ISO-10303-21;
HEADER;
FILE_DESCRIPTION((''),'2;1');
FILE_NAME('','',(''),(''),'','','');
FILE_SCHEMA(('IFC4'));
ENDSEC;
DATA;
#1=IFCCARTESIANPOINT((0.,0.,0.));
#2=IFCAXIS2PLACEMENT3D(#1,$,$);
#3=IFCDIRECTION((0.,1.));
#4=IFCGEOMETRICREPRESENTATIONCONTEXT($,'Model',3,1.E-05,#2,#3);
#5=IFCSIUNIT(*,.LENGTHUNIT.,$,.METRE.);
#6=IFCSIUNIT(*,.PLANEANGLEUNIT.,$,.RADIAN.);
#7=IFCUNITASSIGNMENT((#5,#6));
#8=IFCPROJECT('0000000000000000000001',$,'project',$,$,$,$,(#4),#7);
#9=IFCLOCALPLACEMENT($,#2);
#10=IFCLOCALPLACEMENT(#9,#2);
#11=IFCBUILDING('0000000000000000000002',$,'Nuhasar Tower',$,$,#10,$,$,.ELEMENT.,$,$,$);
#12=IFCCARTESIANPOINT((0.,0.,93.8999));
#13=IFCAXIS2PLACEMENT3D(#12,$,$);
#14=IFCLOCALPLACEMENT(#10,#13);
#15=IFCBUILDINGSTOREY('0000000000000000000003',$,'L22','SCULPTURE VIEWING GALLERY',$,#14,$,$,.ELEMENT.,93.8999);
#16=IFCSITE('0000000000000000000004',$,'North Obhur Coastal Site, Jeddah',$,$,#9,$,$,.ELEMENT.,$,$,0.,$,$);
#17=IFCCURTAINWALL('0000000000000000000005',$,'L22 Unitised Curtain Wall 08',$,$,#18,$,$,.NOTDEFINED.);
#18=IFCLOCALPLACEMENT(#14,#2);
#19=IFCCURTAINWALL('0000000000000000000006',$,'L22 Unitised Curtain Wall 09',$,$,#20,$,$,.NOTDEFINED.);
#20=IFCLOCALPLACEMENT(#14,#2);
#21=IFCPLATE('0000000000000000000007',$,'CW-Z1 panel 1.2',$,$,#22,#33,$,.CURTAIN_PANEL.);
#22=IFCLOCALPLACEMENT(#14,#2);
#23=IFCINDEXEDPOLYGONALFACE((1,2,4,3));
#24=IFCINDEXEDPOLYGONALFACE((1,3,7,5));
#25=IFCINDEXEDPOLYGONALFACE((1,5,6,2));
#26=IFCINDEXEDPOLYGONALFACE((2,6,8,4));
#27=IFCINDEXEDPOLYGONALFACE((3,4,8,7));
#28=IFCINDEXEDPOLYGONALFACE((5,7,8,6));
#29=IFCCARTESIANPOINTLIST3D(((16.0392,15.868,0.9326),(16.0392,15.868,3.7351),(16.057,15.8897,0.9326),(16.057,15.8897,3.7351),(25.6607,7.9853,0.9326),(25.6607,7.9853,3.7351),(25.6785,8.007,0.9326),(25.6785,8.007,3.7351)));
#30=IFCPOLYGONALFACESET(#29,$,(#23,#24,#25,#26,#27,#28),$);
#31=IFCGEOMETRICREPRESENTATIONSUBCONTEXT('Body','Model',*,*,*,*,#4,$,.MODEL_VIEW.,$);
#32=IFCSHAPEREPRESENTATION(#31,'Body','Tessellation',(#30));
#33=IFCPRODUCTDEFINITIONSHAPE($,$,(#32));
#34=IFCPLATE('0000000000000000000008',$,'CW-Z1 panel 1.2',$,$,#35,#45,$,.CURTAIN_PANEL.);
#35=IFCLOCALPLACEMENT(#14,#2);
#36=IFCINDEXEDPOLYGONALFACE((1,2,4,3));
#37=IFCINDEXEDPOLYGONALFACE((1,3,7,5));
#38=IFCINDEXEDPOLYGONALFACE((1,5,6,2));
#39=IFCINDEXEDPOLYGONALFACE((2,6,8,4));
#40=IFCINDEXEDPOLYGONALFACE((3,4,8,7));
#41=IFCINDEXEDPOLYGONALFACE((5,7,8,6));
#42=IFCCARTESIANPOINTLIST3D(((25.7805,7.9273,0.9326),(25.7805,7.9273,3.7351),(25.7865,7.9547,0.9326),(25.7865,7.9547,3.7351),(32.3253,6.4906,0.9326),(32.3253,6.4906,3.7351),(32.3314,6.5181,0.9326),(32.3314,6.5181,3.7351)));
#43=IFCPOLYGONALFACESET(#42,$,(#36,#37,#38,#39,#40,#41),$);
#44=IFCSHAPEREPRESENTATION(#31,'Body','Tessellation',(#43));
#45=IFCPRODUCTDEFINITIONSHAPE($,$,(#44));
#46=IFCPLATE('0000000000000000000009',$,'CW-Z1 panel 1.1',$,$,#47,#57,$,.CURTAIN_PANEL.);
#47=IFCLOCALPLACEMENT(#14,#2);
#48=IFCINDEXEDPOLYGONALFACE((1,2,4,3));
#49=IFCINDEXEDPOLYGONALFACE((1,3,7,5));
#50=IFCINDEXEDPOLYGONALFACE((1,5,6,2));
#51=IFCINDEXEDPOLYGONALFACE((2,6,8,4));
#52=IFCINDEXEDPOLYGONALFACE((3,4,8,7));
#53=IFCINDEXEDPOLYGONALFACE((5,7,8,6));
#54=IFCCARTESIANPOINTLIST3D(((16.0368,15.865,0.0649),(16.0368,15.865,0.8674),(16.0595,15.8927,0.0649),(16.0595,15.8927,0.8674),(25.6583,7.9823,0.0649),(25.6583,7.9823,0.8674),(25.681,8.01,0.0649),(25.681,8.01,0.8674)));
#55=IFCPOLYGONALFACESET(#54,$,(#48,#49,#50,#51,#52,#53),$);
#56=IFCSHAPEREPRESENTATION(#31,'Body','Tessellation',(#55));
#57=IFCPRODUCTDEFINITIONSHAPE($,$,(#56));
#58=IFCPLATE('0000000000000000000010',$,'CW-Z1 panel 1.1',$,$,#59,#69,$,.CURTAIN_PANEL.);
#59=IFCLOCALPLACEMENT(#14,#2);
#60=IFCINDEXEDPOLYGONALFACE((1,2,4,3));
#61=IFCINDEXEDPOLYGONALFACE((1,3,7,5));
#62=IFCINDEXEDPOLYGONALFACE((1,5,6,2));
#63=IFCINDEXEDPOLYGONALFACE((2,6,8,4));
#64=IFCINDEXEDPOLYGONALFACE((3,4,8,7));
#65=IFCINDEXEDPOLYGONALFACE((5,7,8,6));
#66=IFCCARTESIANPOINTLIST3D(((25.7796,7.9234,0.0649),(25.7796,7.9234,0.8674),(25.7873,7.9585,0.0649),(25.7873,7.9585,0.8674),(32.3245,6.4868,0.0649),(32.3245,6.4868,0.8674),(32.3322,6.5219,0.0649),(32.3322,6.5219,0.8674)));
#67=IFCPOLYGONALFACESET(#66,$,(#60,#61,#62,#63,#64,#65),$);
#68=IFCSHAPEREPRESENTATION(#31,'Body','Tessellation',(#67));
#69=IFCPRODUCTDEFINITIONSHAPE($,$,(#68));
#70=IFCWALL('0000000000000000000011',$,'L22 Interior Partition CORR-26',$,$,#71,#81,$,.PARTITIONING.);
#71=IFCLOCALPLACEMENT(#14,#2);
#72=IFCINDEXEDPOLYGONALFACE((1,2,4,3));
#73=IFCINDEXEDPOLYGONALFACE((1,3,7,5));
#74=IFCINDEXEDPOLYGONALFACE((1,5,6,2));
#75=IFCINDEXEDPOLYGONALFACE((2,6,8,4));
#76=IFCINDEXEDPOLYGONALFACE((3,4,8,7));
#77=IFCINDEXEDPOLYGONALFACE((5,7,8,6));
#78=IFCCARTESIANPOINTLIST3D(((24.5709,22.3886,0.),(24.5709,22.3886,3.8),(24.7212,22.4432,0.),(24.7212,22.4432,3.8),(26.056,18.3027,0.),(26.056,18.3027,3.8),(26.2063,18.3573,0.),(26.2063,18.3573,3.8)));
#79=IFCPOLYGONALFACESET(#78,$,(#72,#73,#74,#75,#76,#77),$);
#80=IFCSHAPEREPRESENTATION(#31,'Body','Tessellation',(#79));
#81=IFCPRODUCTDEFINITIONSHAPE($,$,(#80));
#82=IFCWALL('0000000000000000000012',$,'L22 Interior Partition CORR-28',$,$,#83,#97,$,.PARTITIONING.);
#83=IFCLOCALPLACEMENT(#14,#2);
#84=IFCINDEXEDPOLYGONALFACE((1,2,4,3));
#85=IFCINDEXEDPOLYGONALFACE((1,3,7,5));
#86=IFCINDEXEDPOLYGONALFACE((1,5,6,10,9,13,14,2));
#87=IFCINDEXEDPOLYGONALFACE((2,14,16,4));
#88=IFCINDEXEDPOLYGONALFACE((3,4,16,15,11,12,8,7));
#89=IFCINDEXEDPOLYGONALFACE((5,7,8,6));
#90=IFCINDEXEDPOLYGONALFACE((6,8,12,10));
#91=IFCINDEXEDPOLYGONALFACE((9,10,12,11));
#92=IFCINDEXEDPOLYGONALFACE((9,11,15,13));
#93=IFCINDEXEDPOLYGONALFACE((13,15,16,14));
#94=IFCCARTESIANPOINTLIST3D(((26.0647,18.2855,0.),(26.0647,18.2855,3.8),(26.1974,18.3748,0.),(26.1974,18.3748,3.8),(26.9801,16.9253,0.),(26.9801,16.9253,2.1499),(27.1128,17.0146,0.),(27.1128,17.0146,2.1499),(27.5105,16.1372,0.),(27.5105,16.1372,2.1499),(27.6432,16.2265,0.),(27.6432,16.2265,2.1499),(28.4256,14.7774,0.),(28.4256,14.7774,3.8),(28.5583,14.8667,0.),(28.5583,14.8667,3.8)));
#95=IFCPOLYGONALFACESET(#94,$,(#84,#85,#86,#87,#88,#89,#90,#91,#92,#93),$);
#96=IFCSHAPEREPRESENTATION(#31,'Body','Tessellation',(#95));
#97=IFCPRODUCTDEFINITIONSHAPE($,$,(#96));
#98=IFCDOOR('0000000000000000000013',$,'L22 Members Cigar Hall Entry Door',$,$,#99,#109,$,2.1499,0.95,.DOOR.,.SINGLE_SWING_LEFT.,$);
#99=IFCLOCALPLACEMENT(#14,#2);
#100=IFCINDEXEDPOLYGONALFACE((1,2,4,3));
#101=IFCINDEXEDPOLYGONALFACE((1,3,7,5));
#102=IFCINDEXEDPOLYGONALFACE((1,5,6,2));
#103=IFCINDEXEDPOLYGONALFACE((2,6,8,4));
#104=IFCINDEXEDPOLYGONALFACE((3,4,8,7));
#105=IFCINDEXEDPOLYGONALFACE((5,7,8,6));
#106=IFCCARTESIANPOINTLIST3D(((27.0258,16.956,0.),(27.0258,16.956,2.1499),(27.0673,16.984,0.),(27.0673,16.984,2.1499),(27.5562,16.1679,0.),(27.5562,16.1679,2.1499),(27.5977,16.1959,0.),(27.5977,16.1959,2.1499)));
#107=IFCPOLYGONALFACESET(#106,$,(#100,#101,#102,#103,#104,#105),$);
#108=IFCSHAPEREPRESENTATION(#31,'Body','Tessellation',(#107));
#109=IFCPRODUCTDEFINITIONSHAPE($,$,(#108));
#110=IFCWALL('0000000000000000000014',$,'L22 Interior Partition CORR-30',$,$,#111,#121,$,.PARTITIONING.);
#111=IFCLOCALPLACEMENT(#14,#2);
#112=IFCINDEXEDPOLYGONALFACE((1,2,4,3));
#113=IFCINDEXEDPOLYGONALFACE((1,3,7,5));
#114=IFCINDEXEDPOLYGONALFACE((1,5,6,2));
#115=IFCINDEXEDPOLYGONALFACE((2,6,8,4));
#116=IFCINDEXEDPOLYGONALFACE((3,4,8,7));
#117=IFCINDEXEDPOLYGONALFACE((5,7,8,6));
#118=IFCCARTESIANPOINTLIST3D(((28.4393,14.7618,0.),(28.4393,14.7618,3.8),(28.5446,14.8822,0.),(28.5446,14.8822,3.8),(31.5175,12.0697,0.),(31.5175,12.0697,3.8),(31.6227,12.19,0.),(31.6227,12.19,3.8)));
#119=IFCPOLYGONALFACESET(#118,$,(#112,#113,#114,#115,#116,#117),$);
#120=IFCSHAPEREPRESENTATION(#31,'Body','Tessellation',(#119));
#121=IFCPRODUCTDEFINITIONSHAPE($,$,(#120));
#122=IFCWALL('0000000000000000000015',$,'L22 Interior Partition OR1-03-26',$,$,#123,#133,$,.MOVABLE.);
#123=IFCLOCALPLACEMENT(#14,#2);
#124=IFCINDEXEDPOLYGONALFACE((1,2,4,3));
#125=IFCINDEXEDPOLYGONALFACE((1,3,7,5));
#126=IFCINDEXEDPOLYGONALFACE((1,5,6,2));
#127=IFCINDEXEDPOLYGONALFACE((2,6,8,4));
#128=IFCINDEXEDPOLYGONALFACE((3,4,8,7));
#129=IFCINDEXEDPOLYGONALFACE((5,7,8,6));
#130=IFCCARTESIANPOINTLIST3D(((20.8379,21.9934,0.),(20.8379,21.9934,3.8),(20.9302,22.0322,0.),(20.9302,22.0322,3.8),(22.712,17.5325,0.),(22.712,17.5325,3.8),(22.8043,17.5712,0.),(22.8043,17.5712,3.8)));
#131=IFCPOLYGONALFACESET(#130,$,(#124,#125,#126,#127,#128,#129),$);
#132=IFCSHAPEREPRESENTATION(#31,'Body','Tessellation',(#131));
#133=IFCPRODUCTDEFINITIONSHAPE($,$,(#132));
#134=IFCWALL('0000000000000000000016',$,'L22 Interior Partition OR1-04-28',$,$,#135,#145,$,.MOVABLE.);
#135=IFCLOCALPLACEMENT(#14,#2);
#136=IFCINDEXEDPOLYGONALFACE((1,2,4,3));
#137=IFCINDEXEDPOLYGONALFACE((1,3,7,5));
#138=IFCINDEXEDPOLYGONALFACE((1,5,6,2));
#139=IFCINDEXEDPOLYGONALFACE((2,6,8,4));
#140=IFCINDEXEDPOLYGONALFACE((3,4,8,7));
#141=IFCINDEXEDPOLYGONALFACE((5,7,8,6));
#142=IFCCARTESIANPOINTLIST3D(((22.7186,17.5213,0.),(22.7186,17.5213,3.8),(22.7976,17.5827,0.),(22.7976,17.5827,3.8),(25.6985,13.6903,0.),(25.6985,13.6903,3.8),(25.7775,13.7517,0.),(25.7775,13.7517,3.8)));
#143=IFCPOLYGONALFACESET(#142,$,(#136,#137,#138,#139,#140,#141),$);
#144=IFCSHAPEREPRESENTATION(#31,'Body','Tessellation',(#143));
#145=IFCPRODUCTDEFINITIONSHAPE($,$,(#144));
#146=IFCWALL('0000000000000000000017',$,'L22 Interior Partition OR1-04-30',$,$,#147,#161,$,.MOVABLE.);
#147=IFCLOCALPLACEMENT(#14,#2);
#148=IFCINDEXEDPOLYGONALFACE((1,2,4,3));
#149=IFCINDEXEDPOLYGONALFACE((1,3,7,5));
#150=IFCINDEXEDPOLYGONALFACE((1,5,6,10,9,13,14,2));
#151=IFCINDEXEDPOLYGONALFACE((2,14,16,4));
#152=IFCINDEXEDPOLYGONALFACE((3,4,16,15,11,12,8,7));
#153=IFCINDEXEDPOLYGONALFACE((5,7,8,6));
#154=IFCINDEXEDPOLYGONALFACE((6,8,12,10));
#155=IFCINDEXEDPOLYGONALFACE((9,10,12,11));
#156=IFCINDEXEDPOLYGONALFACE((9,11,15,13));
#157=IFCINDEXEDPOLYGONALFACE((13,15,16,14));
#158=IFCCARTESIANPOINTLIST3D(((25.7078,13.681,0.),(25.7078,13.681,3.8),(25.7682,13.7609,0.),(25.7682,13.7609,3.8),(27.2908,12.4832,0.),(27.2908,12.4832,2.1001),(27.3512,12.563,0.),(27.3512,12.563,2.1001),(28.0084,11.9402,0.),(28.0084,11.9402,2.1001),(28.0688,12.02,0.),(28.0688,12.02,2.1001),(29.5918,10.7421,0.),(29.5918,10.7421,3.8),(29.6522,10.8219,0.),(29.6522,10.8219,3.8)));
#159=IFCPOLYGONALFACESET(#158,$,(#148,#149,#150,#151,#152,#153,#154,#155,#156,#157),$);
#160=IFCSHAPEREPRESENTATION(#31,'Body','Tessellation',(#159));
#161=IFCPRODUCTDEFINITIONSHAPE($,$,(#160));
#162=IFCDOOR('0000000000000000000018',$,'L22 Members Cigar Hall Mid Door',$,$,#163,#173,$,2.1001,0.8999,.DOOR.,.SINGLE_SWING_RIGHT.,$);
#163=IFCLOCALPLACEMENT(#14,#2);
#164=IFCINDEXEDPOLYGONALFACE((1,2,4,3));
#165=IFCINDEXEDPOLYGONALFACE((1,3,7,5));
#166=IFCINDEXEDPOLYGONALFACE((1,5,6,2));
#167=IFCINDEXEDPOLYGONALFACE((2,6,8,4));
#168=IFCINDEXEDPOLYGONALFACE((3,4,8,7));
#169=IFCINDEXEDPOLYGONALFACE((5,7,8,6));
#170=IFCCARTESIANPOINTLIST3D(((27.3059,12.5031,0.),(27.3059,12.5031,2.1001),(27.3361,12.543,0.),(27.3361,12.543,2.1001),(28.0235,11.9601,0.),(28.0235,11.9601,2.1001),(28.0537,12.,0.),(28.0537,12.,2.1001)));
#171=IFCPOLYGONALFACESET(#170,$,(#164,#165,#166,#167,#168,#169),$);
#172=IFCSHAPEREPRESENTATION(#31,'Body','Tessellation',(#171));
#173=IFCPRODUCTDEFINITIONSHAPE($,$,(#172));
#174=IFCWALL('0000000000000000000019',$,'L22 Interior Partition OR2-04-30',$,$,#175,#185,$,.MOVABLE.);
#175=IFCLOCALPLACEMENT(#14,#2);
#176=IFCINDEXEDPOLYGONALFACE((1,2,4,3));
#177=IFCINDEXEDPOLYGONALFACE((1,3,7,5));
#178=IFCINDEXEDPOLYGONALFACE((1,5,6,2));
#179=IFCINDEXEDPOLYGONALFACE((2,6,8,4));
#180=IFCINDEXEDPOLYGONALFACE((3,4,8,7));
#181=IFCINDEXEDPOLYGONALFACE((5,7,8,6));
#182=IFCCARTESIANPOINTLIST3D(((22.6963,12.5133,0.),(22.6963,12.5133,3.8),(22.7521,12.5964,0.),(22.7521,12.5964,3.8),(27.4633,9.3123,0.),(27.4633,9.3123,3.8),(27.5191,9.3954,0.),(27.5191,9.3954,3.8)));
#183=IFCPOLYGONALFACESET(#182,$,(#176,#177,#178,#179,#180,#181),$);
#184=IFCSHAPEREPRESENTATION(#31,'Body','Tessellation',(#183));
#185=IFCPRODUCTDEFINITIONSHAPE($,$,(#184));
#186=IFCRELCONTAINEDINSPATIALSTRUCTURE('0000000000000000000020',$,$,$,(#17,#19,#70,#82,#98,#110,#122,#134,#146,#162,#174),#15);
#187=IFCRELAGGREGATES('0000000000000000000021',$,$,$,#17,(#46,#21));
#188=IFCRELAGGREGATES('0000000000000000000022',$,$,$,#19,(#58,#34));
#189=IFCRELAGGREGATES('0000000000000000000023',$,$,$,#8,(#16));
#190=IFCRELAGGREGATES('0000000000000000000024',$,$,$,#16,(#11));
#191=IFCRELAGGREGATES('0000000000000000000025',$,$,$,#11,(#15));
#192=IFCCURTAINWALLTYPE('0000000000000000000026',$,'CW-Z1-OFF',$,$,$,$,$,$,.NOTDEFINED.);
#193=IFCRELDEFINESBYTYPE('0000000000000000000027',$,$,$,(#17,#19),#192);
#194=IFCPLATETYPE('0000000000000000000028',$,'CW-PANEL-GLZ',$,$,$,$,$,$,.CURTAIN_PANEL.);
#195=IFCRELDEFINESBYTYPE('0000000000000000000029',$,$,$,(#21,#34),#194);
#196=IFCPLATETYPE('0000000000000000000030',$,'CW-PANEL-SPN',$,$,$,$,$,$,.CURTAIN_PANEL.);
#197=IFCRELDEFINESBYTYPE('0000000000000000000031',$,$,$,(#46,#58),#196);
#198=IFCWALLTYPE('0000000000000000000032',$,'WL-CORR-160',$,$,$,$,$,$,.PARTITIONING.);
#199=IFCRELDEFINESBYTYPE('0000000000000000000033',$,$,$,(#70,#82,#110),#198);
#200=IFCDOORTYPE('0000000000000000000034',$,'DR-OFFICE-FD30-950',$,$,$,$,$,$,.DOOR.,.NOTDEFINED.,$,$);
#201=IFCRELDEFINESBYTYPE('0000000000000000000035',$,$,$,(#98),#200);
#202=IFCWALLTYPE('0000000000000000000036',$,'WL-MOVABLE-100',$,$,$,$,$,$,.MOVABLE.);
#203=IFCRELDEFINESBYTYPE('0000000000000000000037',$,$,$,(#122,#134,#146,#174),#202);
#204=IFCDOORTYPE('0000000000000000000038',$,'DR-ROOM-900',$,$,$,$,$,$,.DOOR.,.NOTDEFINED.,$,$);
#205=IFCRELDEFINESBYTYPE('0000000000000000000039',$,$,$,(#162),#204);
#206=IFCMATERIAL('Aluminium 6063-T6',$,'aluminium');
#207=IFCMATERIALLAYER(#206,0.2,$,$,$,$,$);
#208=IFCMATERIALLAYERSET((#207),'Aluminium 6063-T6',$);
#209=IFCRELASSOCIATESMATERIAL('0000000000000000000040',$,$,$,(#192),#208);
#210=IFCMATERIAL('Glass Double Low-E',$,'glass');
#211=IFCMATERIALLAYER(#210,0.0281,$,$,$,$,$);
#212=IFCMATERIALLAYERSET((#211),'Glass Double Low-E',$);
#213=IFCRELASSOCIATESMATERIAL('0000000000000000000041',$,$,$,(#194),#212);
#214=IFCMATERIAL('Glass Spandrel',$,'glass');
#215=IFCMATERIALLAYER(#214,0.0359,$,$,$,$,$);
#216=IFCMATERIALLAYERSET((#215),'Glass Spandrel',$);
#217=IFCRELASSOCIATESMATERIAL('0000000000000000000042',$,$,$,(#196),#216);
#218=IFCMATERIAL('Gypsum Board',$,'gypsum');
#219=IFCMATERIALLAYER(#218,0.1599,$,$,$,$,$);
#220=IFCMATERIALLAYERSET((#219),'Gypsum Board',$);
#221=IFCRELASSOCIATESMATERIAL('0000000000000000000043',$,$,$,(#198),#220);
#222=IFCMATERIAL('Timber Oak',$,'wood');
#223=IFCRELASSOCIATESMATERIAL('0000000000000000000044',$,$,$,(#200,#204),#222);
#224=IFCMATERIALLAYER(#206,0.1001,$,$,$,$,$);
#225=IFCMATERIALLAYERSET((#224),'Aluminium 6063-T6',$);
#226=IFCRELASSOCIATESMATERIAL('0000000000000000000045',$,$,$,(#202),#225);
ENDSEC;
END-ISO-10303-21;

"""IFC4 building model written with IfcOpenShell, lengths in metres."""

from ifc_helpers import new_model, si_unit, direction, frame, frame_2d, origin, origin_2d, place, context, subcontext, project, spatial, rectangle, extrude, material, layer, layer_set, type_object, element, fill, aggregate, save


model = new_model("IFC4")

# Units and contexts
model_context = context("Model", 3, precision=1e-05, world=origin(), true_north=direction((0.0, 1.0)))
body_context = subcontext(model_context, "Body", "Model", "MODEL_VIEW")
ifc_project = project(units=[si_unit("LENGTHUNIT", "METRE"), si_unit("PLANEANGLEUNIT", "RADIAN")], contexts=[model_context])

# Site, building, storey
site_placement = place(None, origin())
site = spatial("IfcSite", under=ifc_project, at=site_placement, Name="North Obhur Coastal Site, Jeddah", CompositionType="ELEMENT", RefElevation=0.0)
building_placement = place(site_placement, origin())
building = spatial("IfcBuilding", under=site, at=building_placement, Name="Nuhasar Tower", CompositionType="ELEMENT")
storey_placement = place(building_placement, frame((0.0, 0.0, 93.8999)))
storey = spatial("IfcBuildingStorey", under=building, at=storey_placement, Name="L22", Description="SCULPTURE VIEWING GALLERY", CompositionType="ELEMENT", Elevation=93.8999)

# Curtain wall
ifc_material_1 = material(Name="Aluminium 6063-T6", Category="aluminium")
ifc_layer_1 = layer(ifc_material_1, 0.2)
ifc_layer_set_1 = layer_set([ifc_layer_1], Name="Aluminium 6063-T6")
curtain_wall_type = type_object("IfcCurtainWallType", Name="CW-Z1-OFF", PredefinedType="NOTDEFINED", material=ifc_layer_set_1)
curtain_wall_1_placement = place(storey_placement, origin())
curtain_wall_1 = element("IfcCurtainWall", 1, at=curtain_wall_1_placement, inside=storey, type_object=curtain_wall_type, Name="L22 Unitised Curtain Wall 08", PredefinedType="NOTDEFINED")

# Curtain wall
curtain_wall_2_placement = place(storey_placement, origin())
curtain_wall_2 = element("IfcCurtainWall", 2, at=curtain_wall_2_placement, inside=storey, type_object=curtain_wall_type, Name="L22 Unitised Curtain Wall 09", PredefinedType="NOTDEFINED")

# Plates
ifc_material_2 = material(Name="Glass Double Low-E", Category="glass")
ifc_layer_2 = layer(ifc_material_2, 0.0281)
ifc_layer_set_2 = layer_set([ifc_layer_2], Name="Glass Double Low-E")
plate_type_1 = type_object("IfcPlateType", Name="CW-PANEL-GLZ", PredefinedType="CURTAIN_PANEL", material=ifc_layer_set_2)
plate_1_placement = place(storey_placement, frame((20.8589, 11.9375, 0.9326), z_axis=(0.0, 0.0, 1.0), x_axis=(0.773542, -0.633745, 0.0)))
plate_1 = element("IfcPlate", 3, at=plate_1_placement, type_object=plate_type_1, Name="CW-Z1 panel 1.2", PredefinedType="CURTAIN_PANEL", context=body_context, shape_type="SweptSolid", body=[
    extrude(rectangle(XDim=12.4382, YDim=0.0281, at=origin_2d()), origin(), (0.0, 0.0, 1.0), 2.8025),
])
plate_2_placement = place(storey_placement, frame((29.0559, 7.2227, 0.9326), z_axis=(0.0, 0.0, 1.0), x_axis=(0.976746, -0.214399, 0.0)))
plate_2 = element("IfcPlate", 4, at=plate_2_placement, type_object=plate_type_1, Name="CW-Z1 panel 1.2", PredefinedType="CURTAIN_PANEL", context=body_context, shape_type="SweptSolid", body=[
    extrude(rectangle(XDim=6.7007, YDim=0.0281, at=origin_2d()), origin(), (0.0, 0.0, 1.0), 2.8025),
])
ifc_material_3 = material(Name="Glass Spandrel", Category="glass")
ifc_layer_3 = layer(ifc_material_3, 0.0359)
ifc_layer_set_3 = layer_set([ifc_layer_3], Name="Glass Spandrel")
plate_type_2 = type_object("IfcPlateType", Name="CW-PANEL-SPN", PredefinedType="CURTAIN_PANEL", material=ifc_layer_set_3)
plate_3_placement = place(storey_placement, frame((20.8589, 11.9375, 0.0649), z_axis=(0.0, 0.0, 1.0), x_axis=(0.773542, -0.633745, 0.0)))
plate_3 = element("IfcPlate", 5, at=plate_3_placement, type_object=plate_type_2, Name="CW-Z1 panel 1.1", PredefinedType="CURTAIN_PANEL", context=body_context, shape_type="SweptSolid", body=[
    extrude(rectangle(XDim=12.4382, YDim=0.0359, at=origin_2d()), origin(), (0.0, 0.0, 1.0), 0.8025),
])
aggregate(curtain_wall_1, [plate_3, plate_1])
plate_4_placement = place(storey_placement, frame((29.0559, 7.2227, 0.0649), z_axis=(0.0, 0.0, 1.0), x_axis=(0.976746, -0.214399, 0.0)))
plate_4 = element("IfcPlate", 6, at=plate_4_placement, type_object=plate_type_2, Name="CW-Z1 panel 1.1", PredefinedType="CURTAIN_PANEL", context=body_context, shape_type="SweptSolid", body=[
    extrude(rectangle(XDim=6.7007, YDim=0.0359, at=origin_2d()), origin(), (0.0, 0.0, 1.0), 0.8025),
])
aggregate(curtain_wall_2, [plate_4, plate_2])

# Wall
ifc_material_4 = material(Name="Gypsum Board", Category="gypsum")
ifc_layer_4 = layer(ifc_material_4, 0.1599)
ifc_layer_set_4 = layer_set([ifc_layer_4], Name="Gypsum Board")
wall_type_1 = type_object("IfcWallType", Name="WL-CORR-160", PredefinedType="PARTITIONING", material=ifc_layer_set_4)
wall_1_placement = place(storey_placement, frame((24.646, 22.416, 0.0), z_axis=(0.0, 0.0, 1.0), x_axis=(0.341603, -0.939844, 0.0)))
element("IfcWall", 7, at=wall_1_placement, inside=storey, type_object=wall_type_1, Name="L22 Interior Partition CORR-26", PredefinedType="PARTITIONING", context=body_context, shape_type="SweptSolid", body=[
    extrude(rectangle(XDim=4.3474, YDim=0.1599, at=frame_2d((2.1738, 0.0))), origin(), (0.0, 0.0, 1.0), 3.8),
])

# Wall, opening, door
wall_2_placement = place(storey_placement, frame((28.4919, 14.822, 0.0), z_axis=(0.0, 0.0, 1.0), x_axis=(-0.558319, 0.829626, 0.0)))
wall_2 = element("IfcWall", 8, at=wall_2_placement, inside=storey, type_object=wall_type_1, Name="L22 Interior Partition CORR-28", PredefinedType="PARTITIONING", context=body_context, shape_type="SweptSolid", body=[
    extrude(rectangle(XDim=4.2285, YDim=0.1599, at=frame_2d((2.1143, 0.0))), origin(), (0.0, 0.0, 1.0), 3.8),
])
opening_1_placement = place(wall_2_placement, frame((1.6389, 0.0, 0.0)))
opening_1 = element("IfcOpeningElement", 9, at=opening_1_placement, cuts=wall_2, PredefinedType="OPENING", context=body_context, shape_type="SweptSolid", body=[
    extrude(rectangle(XDim=0.95, YDim=2.1499, at=frame_2d((0.4751, 1.075))), frame((0.0, 0.0898, 0.0), z_axis=(0.0, -1.0, 0.0), x_axis=(1.0, 0.0, 0.0)), (0.0, 0.0, 1.0), 0.1799),
])
ifc_material_5 = material(Name="Timber Oak", Category="wood")
door_type_1 = type_object("IfcDoorType", Name="DR-OFFICE-FD30-950", OperationType="NOTDEFINED", PredefinedType="DOOR", material=ifc_material_5)
door_1_placement = place(opening_1_placement, origin())
door_1 = element("IfcDoor", 10, at=door_1_placement, inside=storey, type_object=door_type_1, Name="L22 Members Cigar Hall Entry Door", OperationType="SINGLE_SWING_LEFT", OverallHeight=2.1499, OverallWidth=0.95, PredefinedType="DOOR", context=body_context, shape_type="SweptSolid", body=[
    extrude(rectangle(XDim=0.95, YDim=2.1499, at=frame_2d((0.4751, 1.075))), frame((0.0, 0.0249, 0.0), z_axis=(0.0, -1.0, 0.0), x_axis=(1.0, 0.0, 0.0)), (0.0, 0.0, 1.0), 0.05),
])
fill(opening_1, door_1)

# Walls
wall_3_placement = place(storey_placement, frame((28.4919, 14.822, 0.0), z_axis=(0.0, 0.0, 1.0), x_axis=(0.752725, -0.658336, 0.0)))
element("IfcWall", 11, at=wall_3_placement, inside=storey, type_object=wall_type_1, Name="L22 Interior Partition CORR-30", PredefinedType="PARTITIONING", context=body_context, shape_type="SweptSolid", body=[
    extrude(rectangle(XDim=4.0894, YDim=0.1599, at=frame_2d((2.0447, 0.0))), origin(), (0.0, 0.0, 1.0), 3.8),
])
ifc_layer_5 = layer(ifc_material_1, 0.1001)
ifc_layer_set_5 = layer_set([ifc_layer_5], Name="Aluminium 6063-T6")
wall_type_2 = type_object("IfcWallType", Name="WL-MOVABLE-100", PredefinedType="MOVABLE", material=ifc_layer_set_5)
wall_4_placement = place(storey_placement, frame((20.884, 22.0129, 0.0), z_axis=(0.0, 0.0, 1.0), x_axis=(0.387308, -0.92195, 0.0)))
element("IfcWall", 12, at=wall_4_placement, inside=storey, type_object=wall_type_2, Name="L22 Interior Partition OR1-03-26", PredefinedType="MOVABLE", context=body_context, shape_type="SweptSolid", body=[
    extrude(rectangle(XDim=4.8386, YDim=0.1001, at=frame_2d((2.4194, 0.0))), origin(), (0.0, 0.0, 1.0), 3.8),
])
wall_5_placement = place(storey_placement, frame((22.7581, 17.552, 0.0), z_axis=(0.0, 0.0, 1.0), x_axis=(0.613975, -0.789325, 0.0)))
element("IfcWall", 13, at=wall_5_placement, inside=storey, type_object=wall_type_2, Name="L22 Interior Partition OR1-04-28", PredefinedType="MOVABLE", context=body_context, shape_type="SweptSolid", body=[
    extrude(rectangle(XDim=4.8535, YDim=0.1001, at=frame_2d((2.4268, 0.0))), origin(), (0.0, 0.0, 1.0), 3.8),
])

# Wall, opening, door
wall_6_placement = place(storey_placement, frame((25.738, 13.7209, 0.0), z_axis=(0.0, 0.0, 1.0), x_axis=(0.797436, -0.603403, 0.0)))
wall_6 = element("IfcWall", 14, at=wall_6_placement, inside=storey, type_object=wall_type_2, Name="L22 Interior Partition OR1-04-30", PredefinedType="MOVABLE", context=body_context, shape_type="SweptSolid", body=[
    extrude(rectangle(XDim=4.8706, YDim=0.1001, at=frame_2d((2.4353, 0.0))), origin(), (0.0, 0.0, 1.0), 3.8),
])
opening_2_placement = place(wall_6_placement, frame((1.9851, 0.0, 0.0)))
opening_2 = element("IfcOpeningElement", 15, at=opening_2_placement, cuts=wall_6, PredefinedType="OPENING", context=body_context, shape_type="SweptSolid", body=[
    extrude(rectangle(XDim=0.8999, YDim=2.1001, at=frame_2d((0.45, 1.05))), frame((0.0, 0.0601, 0.0), z_axis=(0.0, -1.0, 0.0), x_axis=(1.0, 0.0, 0.0)), (0.0, 0.0, 1.0), 0.1201),
])
door_type_2 = type_object("IfcDoorType", Name="DR-ROOM-900", OperationType="NOTDEFINED", PredefinedType="DOOR", material=ifc_material_5)
door_2_placement = place(opening_2_placement, origin())
door_2 = element("IfcDoor", 16, at=door_2_placement, inside=storey, type_object=door_type_2, Name="L22 Members Cigar Hall Mid Door", OperationType="SINGLE_SWING_RIGHT", OverallHeight=2.1001, OverallWidth=0.8999, PredefinedType="DOOR", context=body_context, shape_type="SweptSolid", body=[
    extrude(rectangle(XDim=0.8999, YDim=2.1001, at=frame_2d((0.45, 1.05))), frame((0.0, 0.0249, 0.0), z_axis=(0.0, -1.0, 0.0), x_axis=(1.0, 0.0, 0.0)), (0.0, 0.0, 1.0), 0.05),
])
fill(opening_2, door_2)

# Wall
wall_7_placement = place(storey_placement, frame((22.7241, 12.5549, 0.0), z_axis=(0.0, 0.0, 1.0), x_axis=(0.830194, -0.557474, 0.0)))
element("IfcWall", 17, at=wall_7_placement, inside=storey, type_object=wall_type_2, Name="L22 Interior Partition OR2-04-30", PredefinedType="MOVABLE", context=body_context, shape_type="SweptSolid", body=[
    extrude(rectangle(XDim=5.7419, YDim=0.1001, at=frame_2d((2.8711, 0.0))), origin(), (0.0, 0.0, 1.0), 3.8),
])

save(model, "model.ifc")
